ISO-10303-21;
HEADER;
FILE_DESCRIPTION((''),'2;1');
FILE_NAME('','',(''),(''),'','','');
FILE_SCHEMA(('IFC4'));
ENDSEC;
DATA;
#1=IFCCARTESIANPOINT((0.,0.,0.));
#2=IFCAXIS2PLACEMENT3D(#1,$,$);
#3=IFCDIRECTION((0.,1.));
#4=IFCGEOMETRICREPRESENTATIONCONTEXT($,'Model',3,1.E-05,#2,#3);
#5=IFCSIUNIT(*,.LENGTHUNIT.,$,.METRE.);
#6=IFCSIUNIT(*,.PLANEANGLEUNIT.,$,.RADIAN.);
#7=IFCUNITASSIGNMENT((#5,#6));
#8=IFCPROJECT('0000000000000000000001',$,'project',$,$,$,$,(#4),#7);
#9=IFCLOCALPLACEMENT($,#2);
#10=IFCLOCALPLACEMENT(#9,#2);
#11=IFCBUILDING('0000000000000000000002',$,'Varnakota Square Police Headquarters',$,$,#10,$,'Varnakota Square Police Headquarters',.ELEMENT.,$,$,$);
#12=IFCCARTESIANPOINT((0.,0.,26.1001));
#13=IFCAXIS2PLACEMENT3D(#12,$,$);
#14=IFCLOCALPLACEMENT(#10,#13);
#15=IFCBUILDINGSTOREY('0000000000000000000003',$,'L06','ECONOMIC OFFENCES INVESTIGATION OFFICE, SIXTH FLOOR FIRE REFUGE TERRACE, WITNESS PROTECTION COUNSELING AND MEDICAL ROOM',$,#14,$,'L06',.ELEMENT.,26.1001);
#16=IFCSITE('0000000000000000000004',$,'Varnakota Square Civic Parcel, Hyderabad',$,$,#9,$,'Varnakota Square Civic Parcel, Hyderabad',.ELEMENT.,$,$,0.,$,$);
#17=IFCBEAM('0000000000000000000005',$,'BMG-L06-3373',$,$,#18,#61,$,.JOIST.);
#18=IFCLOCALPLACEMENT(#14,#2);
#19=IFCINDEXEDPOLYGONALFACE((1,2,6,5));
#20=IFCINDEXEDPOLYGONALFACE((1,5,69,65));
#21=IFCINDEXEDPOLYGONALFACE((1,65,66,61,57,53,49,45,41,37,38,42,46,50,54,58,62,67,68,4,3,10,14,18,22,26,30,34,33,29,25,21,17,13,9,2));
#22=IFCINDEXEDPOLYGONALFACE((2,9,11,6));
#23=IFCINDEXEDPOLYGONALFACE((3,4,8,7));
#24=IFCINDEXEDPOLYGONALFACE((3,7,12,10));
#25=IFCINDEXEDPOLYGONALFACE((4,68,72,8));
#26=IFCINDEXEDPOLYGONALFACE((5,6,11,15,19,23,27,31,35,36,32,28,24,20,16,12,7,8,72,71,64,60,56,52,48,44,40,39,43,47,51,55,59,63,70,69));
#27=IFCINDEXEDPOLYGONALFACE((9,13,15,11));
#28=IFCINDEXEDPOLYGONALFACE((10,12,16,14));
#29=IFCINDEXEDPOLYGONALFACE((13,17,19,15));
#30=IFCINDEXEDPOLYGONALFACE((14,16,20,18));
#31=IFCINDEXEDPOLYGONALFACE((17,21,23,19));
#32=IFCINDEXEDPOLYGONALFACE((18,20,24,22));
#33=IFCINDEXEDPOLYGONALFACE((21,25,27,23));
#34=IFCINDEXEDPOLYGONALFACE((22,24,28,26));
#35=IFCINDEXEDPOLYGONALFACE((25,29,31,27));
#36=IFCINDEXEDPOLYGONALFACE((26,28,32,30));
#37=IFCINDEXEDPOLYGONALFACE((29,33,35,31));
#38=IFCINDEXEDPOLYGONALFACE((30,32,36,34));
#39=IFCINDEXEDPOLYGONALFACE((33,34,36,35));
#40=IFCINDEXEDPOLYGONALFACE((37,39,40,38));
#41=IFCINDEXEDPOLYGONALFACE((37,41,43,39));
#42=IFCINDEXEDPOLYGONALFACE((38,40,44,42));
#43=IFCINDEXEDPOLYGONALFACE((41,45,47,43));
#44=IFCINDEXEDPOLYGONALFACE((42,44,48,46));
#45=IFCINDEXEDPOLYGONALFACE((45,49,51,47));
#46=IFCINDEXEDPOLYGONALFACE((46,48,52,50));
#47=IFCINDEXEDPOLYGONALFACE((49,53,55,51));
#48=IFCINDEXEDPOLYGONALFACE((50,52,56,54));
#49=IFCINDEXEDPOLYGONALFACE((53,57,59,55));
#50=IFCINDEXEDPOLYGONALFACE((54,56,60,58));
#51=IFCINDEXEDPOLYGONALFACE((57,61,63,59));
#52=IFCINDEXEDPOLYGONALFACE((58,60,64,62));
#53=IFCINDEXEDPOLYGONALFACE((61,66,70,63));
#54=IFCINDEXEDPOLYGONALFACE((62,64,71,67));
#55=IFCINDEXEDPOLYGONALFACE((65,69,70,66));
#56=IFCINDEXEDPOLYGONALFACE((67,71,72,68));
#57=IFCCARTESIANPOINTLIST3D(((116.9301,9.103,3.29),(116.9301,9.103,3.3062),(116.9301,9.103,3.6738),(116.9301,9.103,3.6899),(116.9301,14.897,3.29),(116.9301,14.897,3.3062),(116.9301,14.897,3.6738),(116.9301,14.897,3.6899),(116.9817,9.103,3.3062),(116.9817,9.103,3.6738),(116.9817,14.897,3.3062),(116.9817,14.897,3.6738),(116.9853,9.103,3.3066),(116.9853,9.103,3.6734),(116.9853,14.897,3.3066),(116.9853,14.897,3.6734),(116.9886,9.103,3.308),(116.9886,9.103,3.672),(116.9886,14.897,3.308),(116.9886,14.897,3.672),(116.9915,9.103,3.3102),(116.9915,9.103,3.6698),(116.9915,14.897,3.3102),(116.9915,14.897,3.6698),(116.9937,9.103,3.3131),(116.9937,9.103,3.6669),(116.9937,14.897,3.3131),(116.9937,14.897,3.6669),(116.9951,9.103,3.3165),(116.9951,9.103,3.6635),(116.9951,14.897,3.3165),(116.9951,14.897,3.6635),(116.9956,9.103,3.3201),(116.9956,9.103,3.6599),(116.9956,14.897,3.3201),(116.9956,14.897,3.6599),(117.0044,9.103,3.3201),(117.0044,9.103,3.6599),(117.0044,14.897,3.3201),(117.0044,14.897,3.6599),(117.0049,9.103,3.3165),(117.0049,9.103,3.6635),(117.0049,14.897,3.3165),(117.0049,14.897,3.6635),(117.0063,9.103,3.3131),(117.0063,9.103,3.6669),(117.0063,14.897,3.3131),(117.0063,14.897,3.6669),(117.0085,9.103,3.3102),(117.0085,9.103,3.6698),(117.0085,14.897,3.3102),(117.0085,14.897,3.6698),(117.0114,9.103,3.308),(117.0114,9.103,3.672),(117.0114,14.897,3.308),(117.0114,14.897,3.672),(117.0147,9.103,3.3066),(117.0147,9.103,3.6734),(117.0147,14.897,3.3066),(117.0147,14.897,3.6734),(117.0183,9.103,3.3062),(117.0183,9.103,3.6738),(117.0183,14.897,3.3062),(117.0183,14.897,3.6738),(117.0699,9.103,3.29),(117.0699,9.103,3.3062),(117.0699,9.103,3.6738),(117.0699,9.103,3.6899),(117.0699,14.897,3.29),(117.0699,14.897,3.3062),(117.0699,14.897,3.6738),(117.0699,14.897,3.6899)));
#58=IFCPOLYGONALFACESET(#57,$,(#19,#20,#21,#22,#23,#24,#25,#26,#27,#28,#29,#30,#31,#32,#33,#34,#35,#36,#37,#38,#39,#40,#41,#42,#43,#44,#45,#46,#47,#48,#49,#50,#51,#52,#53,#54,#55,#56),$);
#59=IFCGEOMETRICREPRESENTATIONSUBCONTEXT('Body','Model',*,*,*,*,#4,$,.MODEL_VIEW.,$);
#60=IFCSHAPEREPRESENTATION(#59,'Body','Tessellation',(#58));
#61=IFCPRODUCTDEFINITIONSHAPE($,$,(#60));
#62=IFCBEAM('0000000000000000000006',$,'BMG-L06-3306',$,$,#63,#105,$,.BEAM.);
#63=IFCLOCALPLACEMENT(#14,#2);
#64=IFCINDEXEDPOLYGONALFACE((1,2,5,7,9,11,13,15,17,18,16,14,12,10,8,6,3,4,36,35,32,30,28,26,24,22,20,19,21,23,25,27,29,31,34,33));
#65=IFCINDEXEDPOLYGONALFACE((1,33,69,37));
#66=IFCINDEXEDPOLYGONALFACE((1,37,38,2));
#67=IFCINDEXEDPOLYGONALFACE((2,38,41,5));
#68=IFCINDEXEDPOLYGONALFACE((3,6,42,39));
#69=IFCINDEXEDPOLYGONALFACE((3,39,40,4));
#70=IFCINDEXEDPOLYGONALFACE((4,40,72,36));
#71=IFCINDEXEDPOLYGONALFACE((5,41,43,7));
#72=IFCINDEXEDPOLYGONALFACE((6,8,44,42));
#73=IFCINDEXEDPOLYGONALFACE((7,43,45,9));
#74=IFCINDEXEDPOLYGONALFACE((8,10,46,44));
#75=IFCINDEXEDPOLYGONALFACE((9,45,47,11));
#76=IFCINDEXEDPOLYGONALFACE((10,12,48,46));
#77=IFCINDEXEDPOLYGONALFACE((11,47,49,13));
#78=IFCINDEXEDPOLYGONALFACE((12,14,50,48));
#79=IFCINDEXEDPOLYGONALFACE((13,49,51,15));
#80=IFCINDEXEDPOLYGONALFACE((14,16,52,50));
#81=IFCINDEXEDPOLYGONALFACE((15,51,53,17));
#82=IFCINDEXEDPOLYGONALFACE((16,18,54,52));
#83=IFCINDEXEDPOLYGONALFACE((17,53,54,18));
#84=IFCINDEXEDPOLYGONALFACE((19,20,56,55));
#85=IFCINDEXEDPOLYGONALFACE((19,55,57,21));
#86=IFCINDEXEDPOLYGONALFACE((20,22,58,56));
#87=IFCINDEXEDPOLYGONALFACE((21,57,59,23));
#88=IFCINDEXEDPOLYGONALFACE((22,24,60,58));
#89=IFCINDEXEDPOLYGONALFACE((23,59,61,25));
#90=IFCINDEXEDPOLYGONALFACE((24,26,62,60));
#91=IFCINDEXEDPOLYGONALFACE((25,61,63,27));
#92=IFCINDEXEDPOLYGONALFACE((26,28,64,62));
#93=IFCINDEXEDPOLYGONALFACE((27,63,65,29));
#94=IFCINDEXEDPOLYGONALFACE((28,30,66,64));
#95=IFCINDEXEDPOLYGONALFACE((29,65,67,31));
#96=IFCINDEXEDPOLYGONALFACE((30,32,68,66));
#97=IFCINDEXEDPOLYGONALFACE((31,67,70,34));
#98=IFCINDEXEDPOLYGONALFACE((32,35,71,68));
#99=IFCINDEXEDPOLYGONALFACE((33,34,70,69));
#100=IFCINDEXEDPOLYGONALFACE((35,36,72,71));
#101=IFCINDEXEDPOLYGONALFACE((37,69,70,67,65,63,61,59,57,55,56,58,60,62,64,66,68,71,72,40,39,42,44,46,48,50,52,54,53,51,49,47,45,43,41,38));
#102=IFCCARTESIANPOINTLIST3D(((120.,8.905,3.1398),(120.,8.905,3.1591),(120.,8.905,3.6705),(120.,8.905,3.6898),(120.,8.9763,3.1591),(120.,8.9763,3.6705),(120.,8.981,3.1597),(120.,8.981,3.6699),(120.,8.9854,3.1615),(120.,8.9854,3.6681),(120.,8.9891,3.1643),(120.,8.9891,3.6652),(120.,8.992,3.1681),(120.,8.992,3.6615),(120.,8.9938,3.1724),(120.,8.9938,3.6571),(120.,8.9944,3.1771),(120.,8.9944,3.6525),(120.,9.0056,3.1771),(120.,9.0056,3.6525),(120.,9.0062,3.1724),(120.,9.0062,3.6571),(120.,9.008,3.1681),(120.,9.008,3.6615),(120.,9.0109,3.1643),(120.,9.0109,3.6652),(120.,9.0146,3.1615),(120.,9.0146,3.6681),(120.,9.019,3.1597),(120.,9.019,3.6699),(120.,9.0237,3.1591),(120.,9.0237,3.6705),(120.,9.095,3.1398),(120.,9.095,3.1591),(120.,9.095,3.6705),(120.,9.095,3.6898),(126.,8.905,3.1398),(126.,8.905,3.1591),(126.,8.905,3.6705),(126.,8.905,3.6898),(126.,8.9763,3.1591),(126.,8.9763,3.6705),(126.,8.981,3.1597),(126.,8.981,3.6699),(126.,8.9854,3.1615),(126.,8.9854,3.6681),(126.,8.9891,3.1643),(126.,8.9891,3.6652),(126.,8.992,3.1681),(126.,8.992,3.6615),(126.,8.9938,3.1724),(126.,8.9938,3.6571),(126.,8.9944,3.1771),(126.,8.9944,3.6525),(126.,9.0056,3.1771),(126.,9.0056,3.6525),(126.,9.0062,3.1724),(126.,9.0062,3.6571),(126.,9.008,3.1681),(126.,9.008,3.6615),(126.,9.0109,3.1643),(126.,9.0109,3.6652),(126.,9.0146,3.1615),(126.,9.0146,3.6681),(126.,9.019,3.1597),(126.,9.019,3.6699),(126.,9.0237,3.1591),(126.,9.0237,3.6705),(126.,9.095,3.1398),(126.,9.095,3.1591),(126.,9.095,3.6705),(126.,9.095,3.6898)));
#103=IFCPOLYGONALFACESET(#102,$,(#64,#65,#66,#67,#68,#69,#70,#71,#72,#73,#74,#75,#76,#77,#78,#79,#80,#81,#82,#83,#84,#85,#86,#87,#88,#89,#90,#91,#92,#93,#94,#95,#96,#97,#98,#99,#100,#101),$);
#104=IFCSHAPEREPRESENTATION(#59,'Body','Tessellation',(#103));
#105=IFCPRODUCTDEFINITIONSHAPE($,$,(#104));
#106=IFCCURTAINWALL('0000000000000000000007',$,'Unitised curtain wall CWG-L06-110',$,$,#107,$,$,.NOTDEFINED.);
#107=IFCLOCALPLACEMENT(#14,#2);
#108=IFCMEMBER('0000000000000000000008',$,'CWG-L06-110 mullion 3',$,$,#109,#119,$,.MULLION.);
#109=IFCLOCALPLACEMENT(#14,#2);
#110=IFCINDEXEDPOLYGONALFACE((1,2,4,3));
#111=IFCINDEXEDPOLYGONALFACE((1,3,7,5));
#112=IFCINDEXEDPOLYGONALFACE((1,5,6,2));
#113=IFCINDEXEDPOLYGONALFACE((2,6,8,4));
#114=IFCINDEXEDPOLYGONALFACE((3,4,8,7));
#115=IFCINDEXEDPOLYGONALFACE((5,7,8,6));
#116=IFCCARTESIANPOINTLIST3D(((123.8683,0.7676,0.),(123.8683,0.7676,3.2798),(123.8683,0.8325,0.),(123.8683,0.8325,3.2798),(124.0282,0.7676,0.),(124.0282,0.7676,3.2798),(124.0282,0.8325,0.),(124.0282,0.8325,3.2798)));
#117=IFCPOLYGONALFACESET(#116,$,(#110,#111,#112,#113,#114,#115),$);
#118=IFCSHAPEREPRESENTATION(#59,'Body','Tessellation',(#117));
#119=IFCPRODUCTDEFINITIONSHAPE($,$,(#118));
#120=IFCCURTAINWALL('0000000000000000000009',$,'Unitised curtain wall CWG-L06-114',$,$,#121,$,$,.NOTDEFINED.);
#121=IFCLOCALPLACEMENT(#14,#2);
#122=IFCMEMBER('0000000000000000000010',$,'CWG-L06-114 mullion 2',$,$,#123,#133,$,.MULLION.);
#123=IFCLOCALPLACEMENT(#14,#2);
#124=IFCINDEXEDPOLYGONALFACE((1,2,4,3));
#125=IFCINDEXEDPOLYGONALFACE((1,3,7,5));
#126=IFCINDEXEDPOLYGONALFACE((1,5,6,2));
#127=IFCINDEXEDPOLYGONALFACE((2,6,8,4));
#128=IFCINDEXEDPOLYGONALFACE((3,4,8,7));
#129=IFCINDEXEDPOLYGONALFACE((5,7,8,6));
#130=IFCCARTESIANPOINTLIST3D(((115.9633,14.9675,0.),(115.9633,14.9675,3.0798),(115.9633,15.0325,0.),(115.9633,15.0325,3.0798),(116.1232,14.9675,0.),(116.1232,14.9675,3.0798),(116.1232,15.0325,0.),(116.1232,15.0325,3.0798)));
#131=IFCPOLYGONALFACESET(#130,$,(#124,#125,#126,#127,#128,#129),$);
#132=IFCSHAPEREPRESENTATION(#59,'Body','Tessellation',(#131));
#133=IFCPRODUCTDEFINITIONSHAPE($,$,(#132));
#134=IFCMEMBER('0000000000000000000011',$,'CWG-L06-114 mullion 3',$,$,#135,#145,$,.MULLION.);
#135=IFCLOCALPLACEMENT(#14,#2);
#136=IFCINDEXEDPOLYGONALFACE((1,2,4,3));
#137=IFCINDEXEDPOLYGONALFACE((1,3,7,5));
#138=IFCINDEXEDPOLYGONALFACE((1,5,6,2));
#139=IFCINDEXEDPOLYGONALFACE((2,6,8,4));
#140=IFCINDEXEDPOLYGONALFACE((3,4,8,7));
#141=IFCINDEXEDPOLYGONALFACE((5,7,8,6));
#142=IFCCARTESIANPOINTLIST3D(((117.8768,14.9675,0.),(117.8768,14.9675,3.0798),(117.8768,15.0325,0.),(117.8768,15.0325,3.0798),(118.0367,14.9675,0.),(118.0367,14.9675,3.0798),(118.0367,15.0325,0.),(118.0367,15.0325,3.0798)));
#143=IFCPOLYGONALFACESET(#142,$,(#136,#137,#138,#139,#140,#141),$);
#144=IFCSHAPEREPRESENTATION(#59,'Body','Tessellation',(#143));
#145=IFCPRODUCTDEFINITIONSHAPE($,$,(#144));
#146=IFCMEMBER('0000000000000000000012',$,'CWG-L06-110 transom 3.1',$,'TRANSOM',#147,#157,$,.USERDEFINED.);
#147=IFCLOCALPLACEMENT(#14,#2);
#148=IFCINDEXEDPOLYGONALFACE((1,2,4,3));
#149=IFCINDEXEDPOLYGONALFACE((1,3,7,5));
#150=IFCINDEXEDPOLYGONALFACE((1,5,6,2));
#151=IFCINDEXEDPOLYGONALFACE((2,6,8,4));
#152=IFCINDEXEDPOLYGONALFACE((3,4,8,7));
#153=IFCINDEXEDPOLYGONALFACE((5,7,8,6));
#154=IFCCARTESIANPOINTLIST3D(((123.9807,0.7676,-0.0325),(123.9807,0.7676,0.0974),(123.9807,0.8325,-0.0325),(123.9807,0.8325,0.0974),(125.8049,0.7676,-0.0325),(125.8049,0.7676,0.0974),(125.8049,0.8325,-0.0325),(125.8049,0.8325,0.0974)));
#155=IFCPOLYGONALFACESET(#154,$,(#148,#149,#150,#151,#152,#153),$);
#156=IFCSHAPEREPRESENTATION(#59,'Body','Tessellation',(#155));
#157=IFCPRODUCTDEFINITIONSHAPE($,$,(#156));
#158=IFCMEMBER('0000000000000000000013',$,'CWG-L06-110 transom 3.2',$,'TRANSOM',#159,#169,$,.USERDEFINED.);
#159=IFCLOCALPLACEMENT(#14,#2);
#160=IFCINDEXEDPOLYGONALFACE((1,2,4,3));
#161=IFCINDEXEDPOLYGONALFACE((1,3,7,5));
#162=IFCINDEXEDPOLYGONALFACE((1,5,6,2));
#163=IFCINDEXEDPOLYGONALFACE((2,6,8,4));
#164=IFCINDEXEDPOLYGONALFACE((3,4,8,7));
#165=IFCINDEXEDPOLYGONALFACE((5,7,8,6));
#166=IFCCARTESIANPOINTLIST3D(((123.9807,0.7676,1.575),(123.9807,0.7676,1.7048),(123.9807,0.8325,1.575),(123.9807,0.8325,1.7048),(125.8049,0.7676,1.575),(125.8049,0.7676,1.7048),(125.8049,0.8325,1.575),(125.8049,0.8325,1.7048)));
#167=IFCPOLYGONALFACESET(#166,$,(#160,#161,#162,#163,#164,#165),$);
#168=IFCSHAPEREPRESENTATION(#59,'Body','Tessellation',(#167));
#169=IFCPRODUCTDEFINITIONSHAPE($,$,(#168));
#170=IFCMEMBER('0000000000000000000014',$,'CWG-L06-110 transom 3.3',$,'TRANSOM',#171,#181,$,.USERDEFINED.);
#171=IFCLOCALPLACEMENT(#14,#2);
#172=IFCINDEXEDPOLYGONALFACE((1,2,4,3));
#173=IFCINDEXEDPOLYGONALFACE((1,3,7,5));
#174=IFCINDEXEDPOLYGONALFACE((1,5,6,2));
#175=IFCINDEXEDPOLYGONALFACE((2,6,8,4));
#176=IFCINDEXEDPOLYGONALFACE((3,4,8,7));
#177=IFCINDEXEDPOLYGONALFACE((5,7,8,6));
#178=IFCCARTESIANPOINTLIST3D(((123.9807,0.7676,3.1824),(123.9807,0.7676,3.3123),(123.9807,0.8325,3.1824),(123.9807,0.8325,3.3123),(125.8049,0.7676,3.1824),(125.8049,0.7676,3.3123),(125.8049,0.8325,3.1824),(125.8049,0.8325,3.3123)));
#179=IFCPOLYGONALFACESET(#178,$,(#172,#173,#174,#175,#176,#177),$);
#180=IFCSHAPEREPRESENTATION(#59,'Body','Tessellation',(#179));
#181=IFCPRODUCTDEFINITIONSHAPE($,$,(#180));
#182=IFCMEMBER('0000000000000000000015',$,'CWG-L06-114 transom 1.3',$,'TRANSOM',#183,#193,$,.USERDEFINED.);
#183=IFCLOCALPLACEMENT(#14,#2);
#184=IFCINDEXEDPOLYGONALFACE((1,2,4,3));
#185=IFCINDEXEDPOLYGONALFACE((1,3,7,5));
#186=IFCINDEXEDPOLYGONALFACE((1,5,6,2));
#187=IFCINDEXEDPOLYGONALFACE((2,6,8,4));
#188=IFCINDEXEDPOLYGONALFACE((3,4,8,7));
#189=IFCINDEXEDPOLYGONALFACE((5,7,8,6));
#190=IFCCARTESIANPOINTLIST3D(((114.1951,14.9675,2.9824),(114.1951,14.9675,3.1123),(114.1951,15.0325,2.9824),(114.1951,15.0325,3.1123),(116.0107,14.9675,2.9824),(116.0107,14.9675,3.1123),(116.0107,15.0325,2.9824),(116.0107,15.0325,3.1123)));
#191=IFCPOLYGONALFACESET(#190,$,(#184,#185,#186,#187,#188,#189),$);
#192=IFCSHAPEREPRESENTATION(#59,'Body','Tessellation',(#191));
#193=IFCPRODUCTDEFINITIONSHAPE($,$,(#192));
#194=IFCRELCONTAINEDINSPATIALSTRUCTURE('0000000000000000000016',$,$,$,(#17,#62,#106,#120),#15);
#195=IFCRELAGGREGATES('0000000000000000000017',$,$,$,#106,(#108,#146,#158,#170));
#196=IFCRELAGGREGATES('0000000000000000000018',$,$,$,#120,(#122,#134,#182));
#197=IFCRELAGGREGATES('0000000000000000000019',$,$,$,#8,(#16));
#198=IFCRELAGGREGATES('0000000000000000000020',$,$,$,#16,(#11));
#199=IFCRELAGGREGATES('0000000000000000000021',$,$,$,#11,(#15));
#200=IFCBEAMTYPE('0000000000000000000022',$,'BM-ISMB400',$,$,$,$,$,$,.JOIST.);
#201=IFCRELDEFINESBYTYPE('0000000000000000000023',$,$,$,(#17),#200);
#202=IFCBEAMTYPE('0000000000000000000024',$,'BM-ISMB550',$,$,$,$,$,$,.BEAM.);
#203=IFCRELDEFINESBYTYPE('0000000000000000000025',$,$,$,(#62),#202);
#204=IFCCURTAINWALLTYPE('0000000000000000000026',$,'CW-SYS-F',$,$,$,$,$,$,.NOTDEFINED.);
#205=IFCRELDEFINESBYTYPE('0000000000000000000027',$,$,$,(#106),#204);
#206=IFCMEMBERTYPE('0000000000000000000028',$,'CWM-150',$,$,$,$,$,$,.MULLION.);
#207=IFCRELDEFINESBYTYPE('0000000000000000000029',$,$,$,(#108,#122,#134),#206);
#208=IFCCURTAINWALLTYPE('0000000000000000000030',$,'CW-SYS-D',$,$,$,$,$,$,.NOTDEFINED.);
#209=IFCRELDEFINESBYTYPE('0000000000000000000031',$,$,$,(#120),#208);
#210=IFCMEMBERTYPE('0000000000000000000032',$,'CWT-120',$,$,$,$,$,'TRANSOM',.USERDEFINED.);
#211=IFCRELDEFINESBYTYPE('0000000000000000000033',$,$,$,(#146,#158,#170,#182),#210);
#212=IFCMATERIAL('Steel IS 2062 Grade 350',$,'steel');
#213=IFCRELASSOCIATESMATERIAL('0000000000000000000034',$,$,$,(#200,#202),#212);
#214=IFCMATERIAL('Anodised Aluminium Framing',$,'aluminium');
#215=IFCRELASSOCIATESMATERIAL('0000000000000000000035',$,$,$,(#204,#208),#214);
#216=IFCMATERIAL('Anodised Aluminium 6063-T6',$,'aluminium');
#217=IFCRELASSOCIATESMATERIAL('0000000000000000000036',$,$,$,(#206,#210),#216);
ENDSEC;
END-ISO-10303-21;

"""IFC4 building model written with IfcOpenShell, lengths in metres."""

from ifc_helpers import new_model, si_unit, direction, frame, origin, origin_2d, place, context, subcontext, project, spatial, rectangle, i_section, extrude, material, material_profile, profile_set, type_object, element, aggregate, save


model = new_model("IFC4")

# Units and contexts
model_context = context("Model", 3, precision=1e-05, world=origin(), true_north=direction((0.0, 1.0)))
body_context = subcontext(model_context, "Body", "Model", "MODEL_VIEW")
ifc_project = project(units=[si_unit("LENGTHUNIT", "METRE"), si_unit("PLANEANGLEUNIT", "RADIAN")], contexts=[model_context])

# Site, building, storey
site_placement = place(None, origin())
site = spatial("IfcSite", under=ifc_project, at=site_placement, Name="Varnakota Square Civic Parcel, Hyderabad", LongName="Varnakota Square Civic Parcel, Hyderabad", CompositionType="ELEMENT", RefElevation=0.0)
building_placement = place(site_placement, origin())
building = spatial("IfcBuilding", under=site, at=building_placement, Name="Varnakota Square Police Headquarters", LongName="Varnakota Square Police Headquarters", CompositionType="ELEMENT")
storey_placement = place(building_placement, frame((0.0, 0.0, 26.1001)))
storey = spatial("IfcBuildingStorey", under=building, at=storey_placement, Name="L06", Description="ECONOMIC OFFENCES INVESTIGATION OFFICE, SIXTH FLOOR FIRE REFUGE TERRACE, WITNESS PROTECTION COUNSELING AND MEDICAL ROOM", LongName="L06", CompositionType="ELEMENT", Elevation=26.1001)

# Shared definitions
ifc_material_1 = material(Name="Steel IS 2062 Grade 350", Category="steel")

# Beams
ifc_material_profile_1 = material_profile(ifc_material_1, i_section(OverallWidth=0.1399, OverallDepth=0.3999, WebThickness=0.0088, FlangeThickness=0.0161, FilletRadius=0.0139, at=origin_2d()), Name="ISMB 400")
ifc_profile_set_1 = profile_set([ifc_material_profile_1], Name="Steel IS 2062 Grade 350")
beam_type_1 = type_object("IfcBeamType", Name="BM-ISMB400", PredefinedType="JOIST", material=ifc_profile_set_1)
beam_1_placement = place(storey_placement, frame((117.0, 9.103, 3.49), z_axis=(0.0, 1.0, 0.0), x_axis=(-1.0, 0.0, 0.0)))
element("IfcBeam", 1, at=beam_1_placement, inside=storey, type_object=beam_type_1, Name="BMG-L06-3373", PredefinedType="JOIST", context=body_context, shape_type="SweptSolid", body=[
    extrude(i_section(OverallWidth=0.1399, OverallDepth=0.3999, WebThickness=0.0088, FlangeThickness=0.0161, FilletRadius=0.0139, at=origin_2d()), origin(), (0.0, 0.0, 1.0), 5.7939),
])
ifc_material_profile_2 = material_profile(ifc_material_1, i_section(OverallWidth=0.1899, OverallDepth=0.55, WebThickness=0.0112, FlangeThickness=0.0193, FilletRadius=0.0181, at=origin_2d()), Name="ISMB 550")
ifc_profile_set_2 = profile_set([ifc_material_profile_2], Name="Steel IS 2062 Grade 350")
beam_type_2 = type_object("IfcBeamType", Name="BM-ISMB550", PredefinedType="BEAM", material=ifc_profile_set_2)
beam_2_placement = place(storey_placement, frame((120.0, 9.0, 3.4148), z_axis=(1.0, 0.0, 0.0), x_axis=(0.0, 1.0, 0.0)))
element("IfcBeam", 2, at=beam_2_placement, inside=storey, type_object=beam_type_2, Name="BMG-L06-3306", PredefinedType="BEAM", context=body_context, shape_type="SweptSolid", body=[
    extrude(i_section(OverallWidth=0.1899, OverallDepth=0.55, WebThickness=0.0112, FlangeThickness=0.0193, FilletRadius=0.0181, at=origin_2d()), origin(), (0.0, 0.0, 1.0), 6.0),
])

# Curtain wall, member
ifc_material_2 = material(Name="Anodised Aluminium Framing", Category="aluminium")
curtain_wall_type_1 = type_object("IfcCurtainWallType", Name="CW-SYS-F", PredefinedType="NOTDEFINED", material=ifc_material_2)
curtain_wall_1_placement = place(storey_placement, origin())
curtain_wall_1 = element("IfcCurtainWall", 3, at=curtain_wall_1_placement, inside=storey, type_object=curtain_wall_type_1, Name="Unitised curtain wall CWG-L06-110", PredefinedType="NOTDEFINED")
ifc_material_3 = material(Name="Anodised Aluminium 6063-T6", Category="aluminium")
ifc_material_profile_3 = material_profile(ifc_material_3, rectangle(XDim=0.0649, YDim=0.1599, at=origin_2d()), Name="ALU MULLION 65x160")
ifc_profile_set_3 = profile_set([ifc_material_profile_3], Name="Anodised Aluminium 6063-T6")
member_type_1 = type_object("IfcMemberType", Name="CWM-150", PredefinedType="MULLION", material=ifc_profile_set_3)
member_1_placement = place(storey_placement, frame((123.9482, 0.8, 0.0), z_axis=(0.0, 0.0, 1.0), x_axis=(0.0, 1.0, 0.0)))
member_1 = element("IfcMember", 4, at=member_1_placement, type_object=member_type_1, Name="CWG-L06-110 mullion 3", PredefinedType="MULLION", context=body_context, shape_type="SweptSolid", body=[
    extrude(rectangle(XDim=0.0649, YDim=0.1599, at=origin_2d()), origin(), (0.0, 0.0, 1.0), 3.2798),
])

# Curtain wall, members
curtain_wall_type_2 = type_object("IfcCurtainWallType", Name="CW-SYS-D", PredefinedType="NOTDEFINED", material=ifc_material_2)
curtain_wall_2_placement = place(storey_placement, origin())
curtain_wall_2 = element("IfcCurtainWall", 5, at=curtain_wall_2_placement, inside=storey, type_object=curtain_wall_type_2, Name="Unitised curtain wall CWG-L06-114", PredefinedType="NOTDEFINED")
member_2_placement = place(storey_placement, frame((116.0432, 15.0, 0.0), z_axis=(0.0, 0.0, 1.0), x_axis=(0.0, 1.0, 0.0)))
member_2 = element("IfcMember", 6, at=member_2_placement, type_object=member_type_1, Name="CWG-L06-114 mullion 2", PredefinedType="MULLION", context=body_context, shape_type="SweptSolid", body=[
    extrude(rectangle(XDim=0.0649, YDim=0.1599, at=origin_2d()), origin(), (0.0, 0.0, 1.0), 3.0798),
])
member_3_placement = place(storey_placement, frame((117.9568, 15.0, 0.0), z_axis=(0.0, 0.0, 1.0), x_axis=(0.0, 1.0, 0.0)))
member_3 = element("IfcMember", 7, at=member_3_placement, type_object=member_type_1, Name="CWG-L06-114 mullion 3", PredefinedType="MULLION", context=body_context, shape_type="SweptSolid", body=[
    extrude(rectangle(XDim=0.0649, YDim=0.1599, at=origin_2d()), origin(), (0.0, 0.0, 1.0), 3.0798),
])

# Members
ifc_material_profile_4 = material_profile(ifc_material_3, rectangle(XDim=0.0649, YDim=0.1299, at=origin_2d()), Name="ALU TRANSOM 65x130")
ifc_profile_set_4 = profile_set([ifc_material_profile_4], Name="Anodised Aluminium 6063-T6")
member_type_2 = type_object("IfcMemberType", Name="CWT-120", ElementType="TRANSOM", PredefinedType="USERDEFINED", material=ifc_profile_set_4)
member_4_placement = place(storey_placement, frame((123.9807, 0.8, 0.0325), z_axis=(1.0, 0.0, 0.0), x_axis=(0.0, 1.0, 0.0)))
member_4 = element("IfcMember", 8, at=member_4_placement, type_object=member_type_2, Name="CWG-L06-110 transom 3.1", ObjectType="TRANSOM", PredefinedType="USERDEFINED", context=body_context, shape_type="SweptSolid", body=[
    extrude(rectangle(XDim=0.0649, YDim=0.1299, at=origin_2d()), origin(), (0.0, 0.0, 1.0), 1.8242),
])
member_5_placement = place(storey_placement, frame((123.9807, 0.8, 1.6399), z_axis=(1.0, 0.0, 0.0), x_axis=(0.0, 1.0, 0.0)))
member_5 = element("IfcMember", 9, at=member_5_placement, type_object=member_type_2, Name="CWG-L06-110 transom 3.2", ObjectType="TRANSOM", PredefinedType="USERDEFINED", context=body_context, shape_type="SweptSolid", body=[
    extrude(rectangle(XDim=0.0649, YDim=0.1299, at=origin_2d()), origin(), (0.0, 0.0, 1.0), 1.8242),
])
member_6_placement = place(storey_placement, frame((123.9807, 0.8, 3.2473), z_axis=(1.0, 0.0, 0.0), x_axis=(0.0, 1.0, 0.0)))
member_6 = element("IfcMember", 10, at=member_6_placement, type_object=member_type_2, Name="CWG-L06-110 transom 3.3", ObjectType="TRANSOM", PredefinedType="USERDEFINED", context=body_context, shape_type="SweptSolid", body=[
    extrude(rectangle(XDim=0.0649, YDim=0.1299, at=origin_2d()), origin(), (0.0, 0.0, 1.0), 1.8242),
])
member_7_placement = place(storey_placement, frame((114.1951, 15.0, 3.0474), z_axis=(1.0, 0.0, 0.0), x_axis=(0.0, 1.0, 0.0)))
member_7 = element("IfcMember", 11, at=member_7_placement, type_object=member_type_2, Name="CWG-L06-114 transom 1.3", ObjectType="TRANSOM", PredefinedType="USERDEFINED", context=body_context, shape_type="SweptSolid", body=[
    extrude(rectangle(XDim=0.0649, YDim=0.1299, at=origin_2d()), origin(), (0.0, 0.0, 1.0), 1.8157),
])

aggregate(curtain_wall_1, [member_1, member_4, member_5, member_6])
aggregate(curtain_wall_2, [member_2, member_3, member_7])

save(model, "model.ifc")
